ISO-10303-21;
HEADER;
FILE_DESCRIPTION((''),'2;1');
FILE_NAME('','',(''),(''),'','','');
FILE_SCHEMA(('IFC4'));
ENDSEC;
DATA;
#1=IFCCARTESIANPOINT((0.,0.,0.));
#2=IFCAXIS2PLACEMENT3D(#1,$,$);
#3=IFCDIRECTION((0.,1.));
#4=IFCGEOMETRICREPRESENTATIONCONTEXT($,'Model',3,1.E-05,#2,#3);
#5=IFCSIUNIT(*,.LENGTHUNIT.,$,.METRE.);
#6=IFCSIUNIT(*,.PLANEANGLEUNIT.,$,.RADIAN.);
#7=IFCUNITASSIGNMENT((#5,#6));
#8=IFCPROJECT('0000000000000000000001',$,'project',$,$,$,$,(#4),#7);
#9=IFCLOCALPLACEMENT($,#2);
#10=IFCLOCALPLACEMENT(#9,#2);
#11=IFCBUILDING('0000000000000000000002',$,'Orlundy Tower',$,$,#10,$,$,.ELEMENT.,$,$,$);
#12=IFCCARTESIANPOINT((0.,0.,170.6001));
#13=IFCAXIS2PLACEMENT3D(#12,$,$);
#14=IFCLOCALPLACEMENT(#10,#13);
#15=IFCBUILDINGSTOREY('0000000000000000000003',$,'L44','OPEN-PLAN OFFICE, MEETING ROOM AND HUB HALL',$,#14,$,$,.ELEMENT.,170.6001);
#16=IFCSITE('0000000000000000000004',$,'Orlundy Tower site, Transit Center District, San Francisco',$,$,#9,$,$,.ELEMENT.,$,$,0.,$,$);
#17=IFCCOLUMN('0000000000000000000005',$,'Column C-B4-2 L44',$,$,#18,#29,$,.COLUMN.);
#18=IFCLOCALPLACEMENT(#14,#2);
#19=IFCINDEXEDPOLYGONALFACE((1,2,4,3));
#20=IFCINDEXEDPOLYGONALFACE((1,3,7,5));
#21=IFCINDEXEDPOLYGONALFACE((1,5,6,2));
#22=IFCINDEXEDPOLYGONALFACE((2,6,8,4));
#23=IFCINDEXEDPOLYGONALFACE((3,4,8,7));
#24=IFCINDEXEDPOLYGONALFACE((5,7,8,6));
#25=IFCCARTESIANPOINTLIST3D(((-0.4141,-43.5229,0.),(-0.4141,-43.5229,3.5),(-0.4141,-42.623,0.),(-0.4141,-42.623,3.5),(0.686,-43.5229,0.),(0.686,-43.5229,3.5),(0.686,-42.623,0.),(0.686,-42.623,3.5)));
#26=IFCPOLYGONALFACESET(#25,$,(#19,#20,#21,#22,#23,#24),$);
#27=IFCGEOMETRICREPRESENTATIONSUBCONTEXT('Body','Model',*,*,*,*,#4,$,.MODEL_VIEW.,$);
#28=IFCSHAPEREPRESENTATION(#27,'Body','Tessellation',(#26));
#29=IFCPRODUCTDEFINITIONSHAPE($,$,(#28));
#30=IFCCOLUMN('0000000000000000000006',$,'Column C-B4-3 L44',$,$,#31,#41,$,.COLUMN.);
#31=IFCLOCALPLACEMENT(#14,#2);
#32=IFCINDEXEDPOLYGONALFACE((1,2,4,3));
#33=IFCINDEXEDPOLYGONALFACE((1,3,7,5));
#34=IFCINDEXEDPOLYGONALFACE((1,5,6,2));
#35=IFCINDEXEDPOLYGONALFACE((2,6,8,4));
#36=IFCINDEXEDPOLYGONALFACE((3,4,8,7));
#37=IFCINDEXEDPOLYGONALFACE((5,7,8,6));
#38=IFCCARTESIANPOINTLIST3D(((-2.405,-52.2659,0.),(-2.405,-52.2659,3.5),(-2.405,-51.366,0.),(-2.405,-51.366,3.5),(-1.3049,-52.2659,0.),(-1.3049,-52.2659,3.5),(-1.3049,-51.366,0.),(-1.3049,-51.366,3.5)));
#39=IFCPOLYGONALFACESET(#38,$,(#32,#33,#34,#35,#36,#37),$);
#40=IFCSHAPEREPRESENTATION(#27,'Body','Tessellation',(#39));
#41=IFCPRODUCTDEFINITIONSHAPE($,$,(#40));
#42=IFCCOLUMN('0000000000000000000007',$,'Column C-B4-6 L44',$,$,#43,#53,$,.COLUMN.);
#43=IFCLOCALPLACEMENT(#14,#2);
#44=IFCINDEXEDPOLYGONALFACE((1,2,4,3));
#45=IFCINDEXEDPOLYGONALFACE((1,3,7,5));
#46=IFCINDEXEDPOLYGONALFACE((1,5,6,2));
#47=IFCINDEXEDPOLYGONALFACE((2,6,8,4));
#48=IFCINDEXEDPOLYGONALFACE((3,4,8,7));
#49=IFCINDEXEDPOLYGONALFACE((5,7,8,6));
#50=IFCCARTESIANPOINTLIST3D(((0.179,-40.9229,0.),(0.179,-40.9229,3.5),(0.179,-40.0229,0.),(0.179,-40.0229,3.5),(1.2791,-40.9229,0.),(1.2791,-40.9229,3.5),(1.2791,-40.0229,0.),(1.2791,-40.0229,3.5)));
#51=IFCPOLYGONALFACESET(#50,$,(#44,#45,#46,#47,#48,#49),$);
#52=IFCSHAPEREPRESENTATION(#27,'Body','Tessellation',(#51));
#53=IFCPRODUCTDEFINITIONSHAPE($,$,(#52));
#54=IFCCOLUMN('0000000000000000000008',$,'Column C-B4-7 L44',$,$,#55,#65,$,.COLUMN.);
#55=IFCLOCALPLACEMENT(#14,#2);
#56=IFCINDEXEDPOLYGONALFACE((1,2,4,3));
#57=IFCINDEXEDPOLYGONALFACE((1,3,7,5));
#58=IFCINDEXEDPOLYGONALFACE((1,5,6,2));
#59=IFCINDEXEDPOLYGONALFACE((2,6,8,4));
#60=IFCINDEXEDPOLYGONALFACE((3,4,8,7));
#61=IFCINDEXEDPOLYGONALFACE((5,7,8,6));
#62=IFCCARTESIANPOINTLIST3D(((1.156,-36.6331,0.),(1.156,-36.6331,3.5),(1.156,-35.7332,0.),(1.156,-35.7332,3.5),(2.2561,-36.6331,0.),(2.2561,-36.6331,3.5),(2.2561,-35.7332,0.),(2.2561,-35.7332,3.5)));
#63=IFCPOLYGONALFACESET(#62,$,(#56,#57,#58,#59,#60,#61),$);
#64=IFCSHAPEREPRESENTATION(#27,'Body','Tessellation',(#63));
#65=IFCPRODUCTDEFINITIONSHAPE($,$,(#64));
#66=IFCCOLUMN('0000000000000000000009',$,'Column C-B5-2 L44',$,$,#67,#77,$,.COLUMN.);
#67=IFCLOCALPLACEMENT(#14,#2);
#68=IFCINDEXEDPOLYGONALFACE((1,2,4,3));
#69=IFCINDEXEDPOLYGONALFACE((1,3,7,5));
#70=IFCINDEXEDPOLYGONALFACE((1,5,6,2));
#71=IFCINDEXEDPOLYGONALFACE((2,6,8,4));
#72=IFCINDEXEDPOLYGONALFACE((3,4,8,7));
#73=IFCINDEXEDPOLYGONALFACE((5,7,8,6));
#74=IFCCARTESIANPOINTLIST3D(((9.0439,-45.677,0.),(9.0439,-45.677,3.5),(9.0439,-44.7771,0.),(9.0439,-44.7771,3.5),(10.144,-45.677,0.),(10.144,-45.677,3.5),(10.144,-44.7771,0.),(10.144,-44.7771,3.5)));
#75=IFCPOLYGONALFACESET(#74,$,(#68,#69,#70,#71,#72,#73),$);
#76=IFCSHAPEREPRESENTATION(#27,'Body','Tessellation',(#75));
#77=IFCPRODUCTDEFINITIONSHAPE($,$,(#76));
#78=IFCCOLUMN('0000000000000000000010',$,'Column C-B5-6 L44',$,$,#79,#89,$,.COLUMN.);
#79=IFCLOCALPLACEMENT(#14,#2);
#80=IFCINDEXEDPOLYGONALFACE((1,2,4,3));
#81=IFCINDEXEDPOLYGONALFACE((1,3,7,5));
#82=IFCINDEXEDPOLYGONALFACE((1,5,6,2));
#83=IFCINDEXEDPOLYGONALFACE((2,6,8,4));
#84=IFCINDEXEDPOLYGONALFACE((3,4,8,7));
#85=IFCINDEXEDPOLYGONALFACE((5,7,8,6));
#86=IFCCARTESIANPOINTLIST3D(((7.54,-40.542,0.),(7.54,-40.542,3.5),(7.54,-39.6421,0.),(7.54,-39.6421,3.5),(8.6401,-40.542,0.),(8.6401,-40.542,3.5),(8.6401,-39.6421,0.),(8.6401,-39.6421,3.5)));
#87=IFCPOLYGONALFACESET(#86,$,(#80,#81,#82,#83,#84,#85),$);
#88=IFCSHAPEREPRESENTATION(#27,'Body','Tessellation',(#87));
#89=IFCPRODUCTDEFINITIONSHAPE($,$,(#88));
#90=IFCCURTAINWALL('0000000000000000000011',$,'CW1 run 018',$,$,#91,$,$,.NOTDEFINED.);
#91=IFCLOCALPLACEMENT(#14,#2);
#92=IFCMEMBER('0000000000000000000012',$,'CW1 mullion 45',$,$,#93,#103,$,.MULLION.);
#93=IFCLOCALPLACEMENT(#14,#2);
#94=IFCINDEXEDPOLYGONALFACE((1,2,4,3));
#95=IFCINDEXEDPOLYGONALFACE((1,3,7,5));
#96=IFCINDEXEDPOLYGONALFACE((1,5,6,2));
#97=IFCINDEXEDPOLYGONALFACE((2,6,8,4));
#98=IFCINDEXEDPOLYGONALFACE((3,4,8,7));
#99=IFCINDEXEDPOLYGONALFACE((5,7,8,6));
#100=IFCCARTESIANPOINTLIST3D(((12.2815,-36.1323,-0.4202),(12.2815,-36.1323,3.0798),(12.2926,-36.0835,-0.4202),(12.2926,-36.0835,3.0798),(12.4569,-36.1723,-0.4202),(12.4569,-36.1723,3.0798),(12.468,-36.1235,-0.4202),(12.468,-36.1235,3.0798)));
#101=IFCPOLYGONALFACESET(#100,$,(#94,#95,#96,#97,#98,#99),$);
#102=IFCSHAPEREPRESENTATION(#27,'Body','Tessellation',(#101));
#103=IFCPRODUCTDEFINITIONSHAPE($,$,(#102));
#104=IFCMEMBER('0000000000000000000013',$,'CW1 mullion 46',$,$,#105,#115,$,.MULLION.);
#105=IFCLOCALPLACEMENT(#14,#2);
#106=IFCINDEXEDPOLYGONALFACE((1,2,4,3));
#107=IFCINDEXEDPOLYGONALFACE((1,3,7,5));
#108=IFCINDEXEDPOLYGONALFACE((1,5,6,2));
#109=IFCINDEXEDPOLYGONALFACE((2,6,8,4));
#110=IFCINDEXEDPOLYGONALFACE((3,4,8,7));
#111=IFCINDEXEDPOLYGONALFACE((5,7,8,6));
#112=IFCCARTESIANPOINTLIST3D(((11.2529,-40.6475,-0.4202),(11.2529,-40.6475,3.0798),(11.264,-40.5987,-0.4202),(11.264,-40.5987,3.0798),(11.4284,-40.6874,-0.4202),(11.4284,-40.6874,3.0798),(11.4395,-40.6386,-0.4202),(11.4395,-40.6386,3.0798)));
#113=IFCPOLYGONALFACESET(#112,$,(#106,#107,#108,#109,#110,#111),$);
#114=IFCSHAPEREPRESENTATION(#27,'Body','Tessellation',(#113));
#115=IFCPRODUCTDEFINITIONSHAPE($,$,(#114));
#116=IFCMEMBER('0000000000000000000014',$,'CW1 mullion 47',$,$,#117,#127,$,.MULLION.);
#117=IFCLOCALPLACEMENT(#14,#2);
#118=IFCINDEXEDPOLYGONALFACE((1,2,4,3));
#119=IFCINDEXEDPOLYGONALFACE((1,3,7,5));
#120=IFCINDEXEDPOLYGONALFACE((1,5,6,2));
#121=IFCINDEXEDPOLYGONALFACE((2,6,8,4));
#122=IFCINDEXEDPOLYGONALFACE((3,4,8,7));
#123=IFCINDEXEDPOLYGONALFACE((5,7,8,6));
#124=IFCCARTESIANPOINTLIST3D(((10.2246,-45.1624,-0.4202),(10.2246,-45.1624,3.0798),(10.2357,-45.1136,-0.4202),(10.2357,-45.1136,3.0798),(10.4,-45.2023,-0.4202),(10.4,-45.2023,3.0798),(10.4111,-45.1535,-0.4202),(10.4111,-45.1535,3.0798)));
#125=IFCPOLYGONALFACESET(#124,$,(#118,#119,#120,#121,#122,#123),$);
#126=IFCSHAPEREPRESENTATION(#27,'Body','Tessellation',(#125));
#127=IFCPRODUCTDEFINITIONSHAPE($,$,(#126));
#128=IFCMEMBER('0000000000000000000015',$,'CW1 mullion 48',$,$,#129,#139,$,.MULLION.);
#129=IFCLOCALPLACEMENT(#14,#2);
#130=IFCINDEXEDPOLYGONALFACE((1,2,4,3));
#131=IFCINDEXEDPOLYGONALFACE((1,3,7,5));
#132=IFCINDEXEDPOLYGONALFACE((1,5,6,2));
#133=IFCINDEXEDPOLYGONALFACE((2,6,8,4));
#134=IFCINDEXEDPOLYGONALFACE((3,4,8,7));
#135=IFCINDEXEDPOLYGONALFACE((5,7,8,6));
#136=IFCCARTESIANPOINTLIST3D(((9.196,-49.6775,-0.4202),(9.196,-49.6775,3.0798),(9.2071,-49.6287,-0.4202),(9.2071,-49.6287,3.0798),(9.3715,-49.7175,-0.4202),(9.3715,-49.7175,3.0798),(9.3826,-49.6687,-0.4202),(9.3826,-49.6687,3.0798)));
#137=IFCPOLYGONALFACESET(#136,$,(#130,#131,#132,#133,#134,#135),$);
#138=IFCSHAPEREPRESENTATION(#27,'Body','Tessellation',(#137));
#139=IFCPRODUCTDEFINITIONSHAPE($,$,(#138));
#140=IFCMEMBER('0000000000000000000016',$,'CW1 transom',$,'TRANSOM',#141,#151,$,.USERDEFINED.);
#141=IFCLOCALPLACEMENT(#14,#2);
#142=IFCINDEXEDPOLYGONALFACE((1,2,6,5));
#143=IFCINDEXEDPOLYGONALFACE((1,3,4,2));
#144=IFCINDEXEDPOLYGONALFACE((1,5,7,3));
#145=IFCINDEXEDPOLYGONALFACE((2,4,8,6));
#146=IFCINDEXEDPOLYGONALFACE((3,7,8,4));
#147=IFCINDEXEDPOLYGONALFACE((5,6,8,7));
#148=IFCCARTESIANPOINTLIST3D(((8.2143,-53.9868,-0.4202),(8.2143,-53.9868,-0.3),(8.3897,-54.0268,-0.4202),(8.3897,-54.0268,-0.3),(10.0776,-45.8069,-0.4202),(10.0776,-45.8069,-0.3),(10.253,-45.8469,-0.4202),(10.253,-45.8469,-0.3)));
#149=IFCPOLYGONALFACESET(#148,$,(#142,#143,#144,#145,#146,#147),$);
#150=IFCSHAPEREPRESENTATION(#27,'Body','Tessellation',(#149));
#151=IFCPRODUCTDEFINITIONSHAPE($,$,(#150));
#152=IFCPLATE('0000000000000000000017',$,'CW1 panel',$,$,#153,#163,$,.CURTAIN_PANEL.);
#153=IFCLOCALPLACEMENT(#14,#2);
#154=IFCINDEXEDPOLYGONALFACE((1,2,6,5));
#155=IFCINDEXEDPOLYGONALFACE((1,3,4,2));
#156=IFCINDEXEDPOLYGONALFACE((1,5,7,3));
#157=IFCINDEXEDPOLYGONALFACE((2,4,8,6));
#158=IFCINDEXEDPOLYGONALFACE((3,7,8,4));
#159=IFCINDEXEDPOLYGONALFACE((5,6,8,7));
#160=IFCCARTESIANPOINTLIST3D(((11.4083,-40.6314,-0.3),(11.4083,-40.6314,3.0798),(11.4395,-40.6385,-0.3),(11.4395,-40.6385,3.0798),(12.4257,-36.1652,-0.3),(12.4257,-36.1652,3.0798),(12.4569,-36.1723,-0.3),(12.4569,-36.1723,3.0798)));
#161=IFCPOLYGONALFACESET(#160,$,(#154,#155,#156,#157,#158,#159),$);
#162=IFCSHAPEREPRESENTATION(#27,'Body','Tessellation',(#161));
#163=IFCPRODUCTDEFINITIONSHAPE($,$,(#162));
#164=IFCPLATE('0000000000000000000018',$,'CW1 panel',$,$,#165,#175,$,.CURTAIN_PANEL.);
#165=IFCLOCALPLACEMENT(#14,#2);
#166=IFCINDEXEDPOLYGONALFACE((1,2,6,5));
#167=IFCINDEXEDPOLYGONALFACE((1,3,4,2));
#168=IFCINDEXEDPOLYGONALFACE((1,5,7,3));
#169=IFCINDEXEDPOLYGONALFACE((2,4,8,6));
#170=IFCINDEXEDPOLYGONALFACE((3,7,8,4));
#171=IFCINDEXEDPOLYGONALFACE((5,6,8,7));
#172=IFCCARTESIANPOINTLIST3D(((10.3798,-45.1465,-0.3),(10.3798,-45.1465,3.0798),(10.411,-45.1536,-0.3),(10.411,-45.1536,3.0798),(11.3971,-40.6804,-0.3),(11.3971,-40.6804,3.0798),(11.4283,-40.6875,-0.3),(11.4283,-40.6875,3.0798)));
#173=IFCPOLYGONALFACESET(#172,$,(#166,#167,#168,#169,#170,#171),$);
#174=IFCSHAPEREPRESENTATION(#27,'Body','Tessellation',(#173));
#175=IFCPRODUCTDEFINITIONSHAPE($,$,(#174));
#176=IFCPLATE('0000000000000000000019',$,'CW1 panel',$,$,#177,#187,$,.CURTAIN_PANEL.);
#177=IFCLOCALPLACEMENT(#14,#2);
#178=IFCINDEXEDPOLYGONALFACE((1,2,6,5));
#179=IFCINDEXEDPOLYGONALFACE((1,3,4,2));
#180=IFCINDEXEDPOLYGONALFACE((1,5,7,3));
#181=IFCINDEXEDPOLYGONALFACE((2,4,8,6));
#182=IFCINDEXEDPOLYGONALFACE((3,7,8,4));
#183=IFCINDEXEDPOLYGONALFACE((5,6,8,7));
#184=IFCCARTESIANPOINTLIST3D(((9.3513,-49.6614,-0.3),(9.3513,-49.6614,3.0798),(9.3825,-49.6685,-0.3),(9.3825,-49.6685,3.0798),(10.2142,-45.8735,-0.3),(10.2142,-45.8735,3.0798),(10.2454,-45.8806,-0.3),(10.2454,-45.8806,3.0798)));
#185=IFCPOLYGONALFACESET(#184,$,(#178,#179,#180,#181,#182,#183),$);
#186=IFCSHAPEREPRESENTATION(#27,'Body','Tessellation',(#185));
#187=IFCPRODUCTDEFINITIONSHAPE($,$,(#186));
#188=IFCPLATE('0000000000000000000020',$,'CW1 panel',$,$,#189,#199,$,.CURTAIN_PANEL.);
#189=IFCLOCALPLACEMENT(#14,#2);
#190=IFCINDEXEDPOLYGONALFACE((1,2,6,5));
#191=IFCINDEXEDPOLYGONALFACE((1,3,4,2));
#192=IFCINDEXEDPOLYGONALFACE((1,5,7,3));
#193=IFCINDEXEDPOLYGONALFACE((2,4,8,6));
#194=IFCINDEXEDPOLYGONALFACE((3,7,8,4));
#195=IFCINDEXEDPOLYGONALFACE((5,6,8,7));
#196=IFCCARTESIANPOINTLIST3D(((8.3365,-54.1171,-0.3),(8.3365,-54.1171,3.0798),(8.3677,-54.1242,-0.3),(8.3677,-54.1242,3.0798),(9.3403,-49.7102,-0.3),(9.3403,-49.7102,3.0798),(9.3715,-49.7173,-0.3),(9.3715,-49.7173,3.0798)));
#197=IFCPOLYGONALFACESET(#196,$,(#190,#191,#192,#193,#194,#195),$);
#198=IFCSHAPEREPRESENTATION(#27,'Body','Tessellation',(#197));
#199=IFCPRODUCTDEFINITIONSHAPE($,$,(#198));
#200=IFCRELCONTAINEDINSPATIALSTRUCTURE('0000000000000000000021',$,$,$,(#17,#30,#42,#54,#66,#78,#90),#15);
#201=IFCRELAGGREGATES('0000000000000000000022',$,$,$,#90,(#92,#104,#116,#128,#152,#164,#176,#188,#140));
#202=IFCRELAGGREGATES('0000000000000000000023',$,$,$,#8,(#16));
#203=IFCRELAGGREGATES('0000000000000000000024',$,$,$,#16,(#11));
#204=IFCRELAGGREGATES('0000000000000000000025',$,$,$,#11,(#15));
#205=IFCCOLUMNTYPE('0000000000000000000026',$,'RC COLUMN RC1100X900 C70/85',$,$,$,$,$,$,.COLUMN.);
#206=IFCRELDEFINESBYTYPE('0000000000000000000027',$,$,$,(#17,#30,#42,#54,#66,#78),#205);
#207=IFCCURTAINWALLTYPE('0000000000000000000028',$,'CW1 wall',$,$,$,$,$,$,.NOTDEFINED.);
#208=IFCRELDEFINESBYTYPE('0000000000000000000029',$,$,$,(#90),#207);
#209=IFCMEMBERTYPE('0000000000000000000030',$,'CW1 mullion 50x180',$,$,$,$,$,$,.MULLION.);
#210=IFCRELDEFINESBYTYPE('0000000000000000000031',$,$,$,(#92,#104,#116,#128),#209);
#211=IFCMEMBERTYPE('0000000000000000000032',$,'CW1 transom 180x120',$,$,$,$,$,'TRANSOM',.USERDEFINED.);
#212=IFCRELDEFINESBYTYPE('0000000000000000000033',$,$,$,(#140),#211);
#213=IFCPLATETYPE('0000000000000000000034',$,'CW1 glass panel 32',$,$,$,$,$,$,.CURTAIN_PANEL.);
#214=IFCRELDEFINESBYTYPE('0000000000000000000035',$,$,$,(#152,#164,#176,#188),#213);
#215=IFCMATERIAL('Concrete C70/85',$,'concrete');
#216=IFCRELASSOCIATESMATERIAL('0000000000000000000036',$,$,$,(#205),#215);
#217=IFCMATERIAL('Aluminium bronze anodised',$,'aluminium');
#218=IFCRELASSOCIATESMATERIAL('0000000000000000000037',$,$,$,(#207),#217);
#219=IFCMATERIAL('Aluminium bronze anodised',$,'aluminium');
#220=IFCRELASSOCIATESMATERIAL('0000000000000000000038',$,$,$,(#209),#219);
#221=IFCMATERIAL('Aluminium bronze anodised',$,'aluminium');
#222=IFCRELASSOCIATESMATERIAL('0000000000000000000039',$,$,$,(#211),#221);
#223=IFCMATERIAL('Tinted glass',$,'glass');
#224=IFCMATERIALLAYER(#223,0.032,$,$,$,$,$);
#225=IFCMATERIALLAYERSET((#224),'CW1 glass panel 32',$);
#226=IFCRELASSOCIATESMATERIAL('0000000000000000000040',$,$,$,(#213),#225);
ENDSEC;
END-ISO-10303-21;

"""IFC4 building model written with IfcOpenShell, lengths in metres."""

from ifc_helpers import new_model, si_unit, direction, frame, origin, origin_2d, place, context, subcontext, project, spatial, rectangle, extrude, material, layer, layer_set, material_profile, profile_set, type_object, element, aggregate, save


model = new_model("IFC4")

# Units and contexts
model_context = context("Model", 3, precision=1e-05, world=origin(), true_north=direction((0.0, 1.0)))
body_context = subcontext(model_context, "Body", "Model", "MODEL_VIEW")
ifc_project = project(units=[si_unit("LENGTHUNIT", "METRE"), si_unit("PLANEANGLEUNIT", "RADIAN")], contexts=[model_context])

# Site, building, storey
site_placement = place(None, origin())
site = spatial("IfcSite", under=ifc_project, at=site_placement, Name="Orlundy Tower site, Transit Center District, San Francisco", CompositionType="ELEMENT", RefElevation=0.0)
building_placement = place(site_placement, origin())
building = spatial("IfcBuilding", under=site, at=building_placement, Name="Orlundy Tower", CompositionType="ELEMENT")
storey_placement = place(building_placement, frame((0.0, 0.0, 170.6001)))
storey = spatial("IfcBuildingStorey", under=building, at=storey_placement, Name="L44", Description="OPEN-PLAN OFFICE, MEETING ROOM AND HUB HALL", CompositionType="ELEMENT", Elevation=170.6001)

# Columns
ifc_material_1 = material(Name="Concrete C70/85", Category="concrete")
ifc_material_profile_1 = material_profile(ifc_material_1, rectangle(XDim=1.1001, YDim=0.8999, at=origin_2d()), Name="RC1100X900")
ifc_profile_set_1 = profile_set([ifc_material_profile_1], Name="Concrete C70/85")
column_type = type_object("IfcColumnType", Name="RC COLUMN RC1100X900 C70/85", PredefinedType="COLUMN", material=ifc_profile_set_1)
for number, where, z_axis, x_axis, name in (
    (1, (0.136, -43.073, 0.0), (0.0, 0.0, 1.0), (1.0, 0.0, 0.0), "Column C-B4-2 L44"),
    (2, (-1.855, -51.8159, 0.0), (0.0, 0.0, 1.0), (1.0, 0.0, 0.0), "Column C-B4-3 L44"),
    (3, (0.729, -40.4729, 0.0), (0.0, 0.0, 1.0), (1.0, 0.0, 0.0), "Column C-B4-6 L44"),
    (4, (1.7061, -36.1831, 0.0), (0.0, 0.0, 1.0), (1.0, 0.0, 0.0), "Column C-B4-7 L44"),
    (5, (9.594, -45.2271, 0.0), (0.0, 0.0, 1.0), (1.0, 0.0, 0.0), "Column C-B5-2 L44"),
    (6, (8.0901, -40.092, 0.0), (0.0, 0.0, 1.0), (1.0, 0.0, 0.0), "Column C-B5-6 L44"),
):
    element("IfcColumn", number, at=place(storey_placement, frame(where, z_axis=z_axis, x_axis=x_axis)), inside=storey, type_object=column_type, Name=name, PredefinedType="COLUMN", context=body_context, shape_type="SweptSolid", body=[
        extrude(rectangle(XDim=1.1001, YDim=0.8999, at=origin_2d()), origin(), (0.0, 0.0, 1.0), 3.5),
    ])

# Curtain wall, members, plates
ifc_material_2 = material(Name="Aluminium bronze anodised", Category="aluminium")
curtain_wall_type = type_object("IfcCurtainWallType", Name="CW1 wall", PredefinedType="NOTDEFINED", material=ifc_material_2)
curtain_wall_placement = place(storey_placement, origin())
curtain_wall = element("IfcCurtainWall", 7, at=curtain_wall_placement, inside=storey, type_object=curtain_wall_type, Name="CW1 run 018", PredefinedType="NOTDEFINED")
ifc_material_3 = material(Name="Aluminium bronze anodised", Category="aluminium")
ifc_material_profile_2 = material_profile(ifc_material_3, rectangle(XDim=0.1799, YDim=0.05, at=origin_2d()), Name="CW1 mullion 50x180")
ifc_profile_set_2 = profile_set([ifc_material_profile_2], Name="Aluminium bronze anodised")
member_type_1 = type_object("IfcMemberType", Name="CW1 mullion 50x180", PredefinedType="MULLION", material=ifc_profile_set_2)
member_1_placement = place(storey_placement, frame((12.3748, -36.1279, -0.4202), z_axis=(0.0, 0.0, 1.0), x_axis=(0.975022, -0.222106, 0.0)))
member_1 = element("IfcMember", 8, at=member_1_placement, type_object=member_type_1, Name="CW1 mullion 45", PredefinedType="MULLION", context=body_context, shape_type="SweptSolid", body=[
    extrude(rectangle(XDim=0.1799, YDim=0.05, at=origin_2d()), origin(), (0.0, 0.0, 1.0), 3.5),
])
member_2_placement = place(storey_placement, frame((11.3462, -40.6431, -0.4202), z_axis=(0.0, 0.0, 1.0), x_axis=(0.975022, -0.222106, 0.0)))
member_2 = element("IfcMember", 9, at=member_2_placement, type_object=member_type_1, Name="CW1 mullion 46", PredefinedType="MULLION", context=body_context, shape_type="SweptSolid", body=[
    extrude(rectangle(XDim=0.1799, YDim=0.05, at=origin_2d()), origin(), (0.0, 0.0, 1.0), 3.5),
])
member_3_placement = place(storey_placement, frame((10.3179, -45.158, -0.4202), z_axis=(0.0, 0.0, 1.0), x_axis=(0.975022, -0.222106, 0.0)))
member_3 = element("IfcMember", 10, at=member_3_placement, type_object=member_type_1, Name="CW1 mullion 47", PredefinedType="MULLION", context=body_context, shape_type="SweptSolid", body=[
    extrude(rectangle(XDim=0.1799, YDim=0.05, at=origin_2d()), origin(), (0.0, 0.0, 1.0), 3.5),
])
member_4_placement = place(storey_placement, frame((9.2893, -49.6731, -0.4202), z_axis=(0.0, 0.0, 1.0), x_axis=(0.975022, -0.222106, 0.0)))
member_4 = element("IfcMember", 11, at=member_4_placement, type_object=member_type_1, Name="CW1 mullion 48", PredefinedType="MULLION", context=body_context, shape_type="SweptSolid", body=[
    extrude(rectangle(XDim=0.1799, YDim=0.05, at=origin_2d()), origin(), (0.0, 0.0, 1.0), 3.5),
])
ifc_material_4 = material(Name="Aluminium bronze anodised", Category="aluminium")
ifc_material_profile_3 = material_profile(ifc_material_4, rectangle(XDim=0.1799, YDim=0.1201, at=origin_2d()), Name="CW1 transom 180x120")
ifc_profile_set_3 = profile_set([ifc_material_profile_3], Name="Aluminium bronze anodised")
member_type_2 = type_object("IfcMemberType", Name="CW1 transom 180x120", ElementType="TRANSOM", PredefinedType="USERDEFINED", material=ifc_profile_set_3)
member_5_placement = place(storey_placement, frame((10.1653, -45.8269, -0.3601), z_axis=(-0.222098, -0.975024, 0.0), x_axis=(0.975024, -0.222098, 0.0)))
member_5 = element("IfcMember", 12, at=member_5_placement, type_object=member_type_2, Name="CW1 transom", ObjectType="TRANSOM", PredefinedType="USERDEFINED", context=body_context, shape_type="SweptSolid", body=[
    extrude(rectangle(XDim=0.1799, YDim=0.1201, at=origin_2d()), origin(), (0.0, 0.0, 1.0), 8.3894),
])
ifc_material_5 = material(Name="Tinted glass", Category="glass")
ifc_layer_1 = layer(ifc_material_5, 0.032)
ifc_layer_set_1 = layer_set([ifc_layer_1], Name="CW1 glass panel 32")
plate_type = type_object("IfcPlateType", Name="CW1 glass panel 32", PredefinedType="CURTAIN_PANEL", material=ifc_layer_set_1)
plate_1_placement = place(storey_placement, frame((11.9326, -38.4019, -0.3), z_axis=(0.0, 0.0, 1.0), x_axis=(-0.222106, -0.975022, 0.0)))
plate_1 = element("IfcPlate", 13, at=plate_1_placement, type_object=plate_type, Name="CW1 panel", PredefinedType="CURTAIN_PANEL", context=body_context, shape_type="SweptSolid", body=[
    extrude(rectangle(XDim=4.5806, YDim=0.032, at=origin_2d()), origin(), (0.0, 0.0, 1.0), 3.3799),
])
plate_2_placement = place(storey_placement, frame((10.9041, -42.917, -0.3), z_axis=(0.0, 0.0, 1.0), x_axis=(-0.222106, -0.975022, 0.0)))
plate_2 = element("IfcPlate", 14, at=plate_2_placement, type_object=plate_type, Name="CW1 panel", PredefinedType="CURTAIN_PANEL", context=body_context, shape_type="SweptSolid", body=[
    extrude(rectangle(XDim=4.5806, YDim=0.032, at=origin_2d()), origin(), (0.0, 0.0, 1.0), 3.3799),
])
plate_3_placement = place(storey_placement, frame((9.7983, -47.771, -0.3), z_axis=(0.0, 0.0, 1.0), x_axis=(-0.222106, -0.975022, 0.0)))
plate_3 = element("IfcPlate", 15, at=plate_3_placement, type_object=plate_type, Name="CW1 panel", PredefinedType="CURTAIN_PANEL", context=body_context, shape_type="SweptSolid", body=[
    extrude(rectangle(XDim=3.885, YDim=0.032, at=origin_2d()), origin(), (0.0, 0.0, 1.0), 3.3799),
])
plate_4_placement = place(storey_placement, frame((8.854, -51.9172, -0.3), z_axis=(0.0, 0.0, 1.0), x_axis=(-0.222106, -0.975022, 0.0)))
plate_4 = element("IfcPlate", 16, at=plate_4_placement, type_object=plate_type, Name="CW1 panel", PredefinedType="CURTAIN_PANEL", context=body_context, shape_type="SweptSolid", body=[
    extrude(rectangle(XDim=4.5198, YDim=0.032, at=origin_2d()), origin(), (0.0, 0.0, 1.0), 3.3799),
])
aggregate(curtain_wall, [member_1, member_2, member_3, member_4, plate_1, plate_2, plate_3, plate_4, member_5])

save(model, "model.ifc")
